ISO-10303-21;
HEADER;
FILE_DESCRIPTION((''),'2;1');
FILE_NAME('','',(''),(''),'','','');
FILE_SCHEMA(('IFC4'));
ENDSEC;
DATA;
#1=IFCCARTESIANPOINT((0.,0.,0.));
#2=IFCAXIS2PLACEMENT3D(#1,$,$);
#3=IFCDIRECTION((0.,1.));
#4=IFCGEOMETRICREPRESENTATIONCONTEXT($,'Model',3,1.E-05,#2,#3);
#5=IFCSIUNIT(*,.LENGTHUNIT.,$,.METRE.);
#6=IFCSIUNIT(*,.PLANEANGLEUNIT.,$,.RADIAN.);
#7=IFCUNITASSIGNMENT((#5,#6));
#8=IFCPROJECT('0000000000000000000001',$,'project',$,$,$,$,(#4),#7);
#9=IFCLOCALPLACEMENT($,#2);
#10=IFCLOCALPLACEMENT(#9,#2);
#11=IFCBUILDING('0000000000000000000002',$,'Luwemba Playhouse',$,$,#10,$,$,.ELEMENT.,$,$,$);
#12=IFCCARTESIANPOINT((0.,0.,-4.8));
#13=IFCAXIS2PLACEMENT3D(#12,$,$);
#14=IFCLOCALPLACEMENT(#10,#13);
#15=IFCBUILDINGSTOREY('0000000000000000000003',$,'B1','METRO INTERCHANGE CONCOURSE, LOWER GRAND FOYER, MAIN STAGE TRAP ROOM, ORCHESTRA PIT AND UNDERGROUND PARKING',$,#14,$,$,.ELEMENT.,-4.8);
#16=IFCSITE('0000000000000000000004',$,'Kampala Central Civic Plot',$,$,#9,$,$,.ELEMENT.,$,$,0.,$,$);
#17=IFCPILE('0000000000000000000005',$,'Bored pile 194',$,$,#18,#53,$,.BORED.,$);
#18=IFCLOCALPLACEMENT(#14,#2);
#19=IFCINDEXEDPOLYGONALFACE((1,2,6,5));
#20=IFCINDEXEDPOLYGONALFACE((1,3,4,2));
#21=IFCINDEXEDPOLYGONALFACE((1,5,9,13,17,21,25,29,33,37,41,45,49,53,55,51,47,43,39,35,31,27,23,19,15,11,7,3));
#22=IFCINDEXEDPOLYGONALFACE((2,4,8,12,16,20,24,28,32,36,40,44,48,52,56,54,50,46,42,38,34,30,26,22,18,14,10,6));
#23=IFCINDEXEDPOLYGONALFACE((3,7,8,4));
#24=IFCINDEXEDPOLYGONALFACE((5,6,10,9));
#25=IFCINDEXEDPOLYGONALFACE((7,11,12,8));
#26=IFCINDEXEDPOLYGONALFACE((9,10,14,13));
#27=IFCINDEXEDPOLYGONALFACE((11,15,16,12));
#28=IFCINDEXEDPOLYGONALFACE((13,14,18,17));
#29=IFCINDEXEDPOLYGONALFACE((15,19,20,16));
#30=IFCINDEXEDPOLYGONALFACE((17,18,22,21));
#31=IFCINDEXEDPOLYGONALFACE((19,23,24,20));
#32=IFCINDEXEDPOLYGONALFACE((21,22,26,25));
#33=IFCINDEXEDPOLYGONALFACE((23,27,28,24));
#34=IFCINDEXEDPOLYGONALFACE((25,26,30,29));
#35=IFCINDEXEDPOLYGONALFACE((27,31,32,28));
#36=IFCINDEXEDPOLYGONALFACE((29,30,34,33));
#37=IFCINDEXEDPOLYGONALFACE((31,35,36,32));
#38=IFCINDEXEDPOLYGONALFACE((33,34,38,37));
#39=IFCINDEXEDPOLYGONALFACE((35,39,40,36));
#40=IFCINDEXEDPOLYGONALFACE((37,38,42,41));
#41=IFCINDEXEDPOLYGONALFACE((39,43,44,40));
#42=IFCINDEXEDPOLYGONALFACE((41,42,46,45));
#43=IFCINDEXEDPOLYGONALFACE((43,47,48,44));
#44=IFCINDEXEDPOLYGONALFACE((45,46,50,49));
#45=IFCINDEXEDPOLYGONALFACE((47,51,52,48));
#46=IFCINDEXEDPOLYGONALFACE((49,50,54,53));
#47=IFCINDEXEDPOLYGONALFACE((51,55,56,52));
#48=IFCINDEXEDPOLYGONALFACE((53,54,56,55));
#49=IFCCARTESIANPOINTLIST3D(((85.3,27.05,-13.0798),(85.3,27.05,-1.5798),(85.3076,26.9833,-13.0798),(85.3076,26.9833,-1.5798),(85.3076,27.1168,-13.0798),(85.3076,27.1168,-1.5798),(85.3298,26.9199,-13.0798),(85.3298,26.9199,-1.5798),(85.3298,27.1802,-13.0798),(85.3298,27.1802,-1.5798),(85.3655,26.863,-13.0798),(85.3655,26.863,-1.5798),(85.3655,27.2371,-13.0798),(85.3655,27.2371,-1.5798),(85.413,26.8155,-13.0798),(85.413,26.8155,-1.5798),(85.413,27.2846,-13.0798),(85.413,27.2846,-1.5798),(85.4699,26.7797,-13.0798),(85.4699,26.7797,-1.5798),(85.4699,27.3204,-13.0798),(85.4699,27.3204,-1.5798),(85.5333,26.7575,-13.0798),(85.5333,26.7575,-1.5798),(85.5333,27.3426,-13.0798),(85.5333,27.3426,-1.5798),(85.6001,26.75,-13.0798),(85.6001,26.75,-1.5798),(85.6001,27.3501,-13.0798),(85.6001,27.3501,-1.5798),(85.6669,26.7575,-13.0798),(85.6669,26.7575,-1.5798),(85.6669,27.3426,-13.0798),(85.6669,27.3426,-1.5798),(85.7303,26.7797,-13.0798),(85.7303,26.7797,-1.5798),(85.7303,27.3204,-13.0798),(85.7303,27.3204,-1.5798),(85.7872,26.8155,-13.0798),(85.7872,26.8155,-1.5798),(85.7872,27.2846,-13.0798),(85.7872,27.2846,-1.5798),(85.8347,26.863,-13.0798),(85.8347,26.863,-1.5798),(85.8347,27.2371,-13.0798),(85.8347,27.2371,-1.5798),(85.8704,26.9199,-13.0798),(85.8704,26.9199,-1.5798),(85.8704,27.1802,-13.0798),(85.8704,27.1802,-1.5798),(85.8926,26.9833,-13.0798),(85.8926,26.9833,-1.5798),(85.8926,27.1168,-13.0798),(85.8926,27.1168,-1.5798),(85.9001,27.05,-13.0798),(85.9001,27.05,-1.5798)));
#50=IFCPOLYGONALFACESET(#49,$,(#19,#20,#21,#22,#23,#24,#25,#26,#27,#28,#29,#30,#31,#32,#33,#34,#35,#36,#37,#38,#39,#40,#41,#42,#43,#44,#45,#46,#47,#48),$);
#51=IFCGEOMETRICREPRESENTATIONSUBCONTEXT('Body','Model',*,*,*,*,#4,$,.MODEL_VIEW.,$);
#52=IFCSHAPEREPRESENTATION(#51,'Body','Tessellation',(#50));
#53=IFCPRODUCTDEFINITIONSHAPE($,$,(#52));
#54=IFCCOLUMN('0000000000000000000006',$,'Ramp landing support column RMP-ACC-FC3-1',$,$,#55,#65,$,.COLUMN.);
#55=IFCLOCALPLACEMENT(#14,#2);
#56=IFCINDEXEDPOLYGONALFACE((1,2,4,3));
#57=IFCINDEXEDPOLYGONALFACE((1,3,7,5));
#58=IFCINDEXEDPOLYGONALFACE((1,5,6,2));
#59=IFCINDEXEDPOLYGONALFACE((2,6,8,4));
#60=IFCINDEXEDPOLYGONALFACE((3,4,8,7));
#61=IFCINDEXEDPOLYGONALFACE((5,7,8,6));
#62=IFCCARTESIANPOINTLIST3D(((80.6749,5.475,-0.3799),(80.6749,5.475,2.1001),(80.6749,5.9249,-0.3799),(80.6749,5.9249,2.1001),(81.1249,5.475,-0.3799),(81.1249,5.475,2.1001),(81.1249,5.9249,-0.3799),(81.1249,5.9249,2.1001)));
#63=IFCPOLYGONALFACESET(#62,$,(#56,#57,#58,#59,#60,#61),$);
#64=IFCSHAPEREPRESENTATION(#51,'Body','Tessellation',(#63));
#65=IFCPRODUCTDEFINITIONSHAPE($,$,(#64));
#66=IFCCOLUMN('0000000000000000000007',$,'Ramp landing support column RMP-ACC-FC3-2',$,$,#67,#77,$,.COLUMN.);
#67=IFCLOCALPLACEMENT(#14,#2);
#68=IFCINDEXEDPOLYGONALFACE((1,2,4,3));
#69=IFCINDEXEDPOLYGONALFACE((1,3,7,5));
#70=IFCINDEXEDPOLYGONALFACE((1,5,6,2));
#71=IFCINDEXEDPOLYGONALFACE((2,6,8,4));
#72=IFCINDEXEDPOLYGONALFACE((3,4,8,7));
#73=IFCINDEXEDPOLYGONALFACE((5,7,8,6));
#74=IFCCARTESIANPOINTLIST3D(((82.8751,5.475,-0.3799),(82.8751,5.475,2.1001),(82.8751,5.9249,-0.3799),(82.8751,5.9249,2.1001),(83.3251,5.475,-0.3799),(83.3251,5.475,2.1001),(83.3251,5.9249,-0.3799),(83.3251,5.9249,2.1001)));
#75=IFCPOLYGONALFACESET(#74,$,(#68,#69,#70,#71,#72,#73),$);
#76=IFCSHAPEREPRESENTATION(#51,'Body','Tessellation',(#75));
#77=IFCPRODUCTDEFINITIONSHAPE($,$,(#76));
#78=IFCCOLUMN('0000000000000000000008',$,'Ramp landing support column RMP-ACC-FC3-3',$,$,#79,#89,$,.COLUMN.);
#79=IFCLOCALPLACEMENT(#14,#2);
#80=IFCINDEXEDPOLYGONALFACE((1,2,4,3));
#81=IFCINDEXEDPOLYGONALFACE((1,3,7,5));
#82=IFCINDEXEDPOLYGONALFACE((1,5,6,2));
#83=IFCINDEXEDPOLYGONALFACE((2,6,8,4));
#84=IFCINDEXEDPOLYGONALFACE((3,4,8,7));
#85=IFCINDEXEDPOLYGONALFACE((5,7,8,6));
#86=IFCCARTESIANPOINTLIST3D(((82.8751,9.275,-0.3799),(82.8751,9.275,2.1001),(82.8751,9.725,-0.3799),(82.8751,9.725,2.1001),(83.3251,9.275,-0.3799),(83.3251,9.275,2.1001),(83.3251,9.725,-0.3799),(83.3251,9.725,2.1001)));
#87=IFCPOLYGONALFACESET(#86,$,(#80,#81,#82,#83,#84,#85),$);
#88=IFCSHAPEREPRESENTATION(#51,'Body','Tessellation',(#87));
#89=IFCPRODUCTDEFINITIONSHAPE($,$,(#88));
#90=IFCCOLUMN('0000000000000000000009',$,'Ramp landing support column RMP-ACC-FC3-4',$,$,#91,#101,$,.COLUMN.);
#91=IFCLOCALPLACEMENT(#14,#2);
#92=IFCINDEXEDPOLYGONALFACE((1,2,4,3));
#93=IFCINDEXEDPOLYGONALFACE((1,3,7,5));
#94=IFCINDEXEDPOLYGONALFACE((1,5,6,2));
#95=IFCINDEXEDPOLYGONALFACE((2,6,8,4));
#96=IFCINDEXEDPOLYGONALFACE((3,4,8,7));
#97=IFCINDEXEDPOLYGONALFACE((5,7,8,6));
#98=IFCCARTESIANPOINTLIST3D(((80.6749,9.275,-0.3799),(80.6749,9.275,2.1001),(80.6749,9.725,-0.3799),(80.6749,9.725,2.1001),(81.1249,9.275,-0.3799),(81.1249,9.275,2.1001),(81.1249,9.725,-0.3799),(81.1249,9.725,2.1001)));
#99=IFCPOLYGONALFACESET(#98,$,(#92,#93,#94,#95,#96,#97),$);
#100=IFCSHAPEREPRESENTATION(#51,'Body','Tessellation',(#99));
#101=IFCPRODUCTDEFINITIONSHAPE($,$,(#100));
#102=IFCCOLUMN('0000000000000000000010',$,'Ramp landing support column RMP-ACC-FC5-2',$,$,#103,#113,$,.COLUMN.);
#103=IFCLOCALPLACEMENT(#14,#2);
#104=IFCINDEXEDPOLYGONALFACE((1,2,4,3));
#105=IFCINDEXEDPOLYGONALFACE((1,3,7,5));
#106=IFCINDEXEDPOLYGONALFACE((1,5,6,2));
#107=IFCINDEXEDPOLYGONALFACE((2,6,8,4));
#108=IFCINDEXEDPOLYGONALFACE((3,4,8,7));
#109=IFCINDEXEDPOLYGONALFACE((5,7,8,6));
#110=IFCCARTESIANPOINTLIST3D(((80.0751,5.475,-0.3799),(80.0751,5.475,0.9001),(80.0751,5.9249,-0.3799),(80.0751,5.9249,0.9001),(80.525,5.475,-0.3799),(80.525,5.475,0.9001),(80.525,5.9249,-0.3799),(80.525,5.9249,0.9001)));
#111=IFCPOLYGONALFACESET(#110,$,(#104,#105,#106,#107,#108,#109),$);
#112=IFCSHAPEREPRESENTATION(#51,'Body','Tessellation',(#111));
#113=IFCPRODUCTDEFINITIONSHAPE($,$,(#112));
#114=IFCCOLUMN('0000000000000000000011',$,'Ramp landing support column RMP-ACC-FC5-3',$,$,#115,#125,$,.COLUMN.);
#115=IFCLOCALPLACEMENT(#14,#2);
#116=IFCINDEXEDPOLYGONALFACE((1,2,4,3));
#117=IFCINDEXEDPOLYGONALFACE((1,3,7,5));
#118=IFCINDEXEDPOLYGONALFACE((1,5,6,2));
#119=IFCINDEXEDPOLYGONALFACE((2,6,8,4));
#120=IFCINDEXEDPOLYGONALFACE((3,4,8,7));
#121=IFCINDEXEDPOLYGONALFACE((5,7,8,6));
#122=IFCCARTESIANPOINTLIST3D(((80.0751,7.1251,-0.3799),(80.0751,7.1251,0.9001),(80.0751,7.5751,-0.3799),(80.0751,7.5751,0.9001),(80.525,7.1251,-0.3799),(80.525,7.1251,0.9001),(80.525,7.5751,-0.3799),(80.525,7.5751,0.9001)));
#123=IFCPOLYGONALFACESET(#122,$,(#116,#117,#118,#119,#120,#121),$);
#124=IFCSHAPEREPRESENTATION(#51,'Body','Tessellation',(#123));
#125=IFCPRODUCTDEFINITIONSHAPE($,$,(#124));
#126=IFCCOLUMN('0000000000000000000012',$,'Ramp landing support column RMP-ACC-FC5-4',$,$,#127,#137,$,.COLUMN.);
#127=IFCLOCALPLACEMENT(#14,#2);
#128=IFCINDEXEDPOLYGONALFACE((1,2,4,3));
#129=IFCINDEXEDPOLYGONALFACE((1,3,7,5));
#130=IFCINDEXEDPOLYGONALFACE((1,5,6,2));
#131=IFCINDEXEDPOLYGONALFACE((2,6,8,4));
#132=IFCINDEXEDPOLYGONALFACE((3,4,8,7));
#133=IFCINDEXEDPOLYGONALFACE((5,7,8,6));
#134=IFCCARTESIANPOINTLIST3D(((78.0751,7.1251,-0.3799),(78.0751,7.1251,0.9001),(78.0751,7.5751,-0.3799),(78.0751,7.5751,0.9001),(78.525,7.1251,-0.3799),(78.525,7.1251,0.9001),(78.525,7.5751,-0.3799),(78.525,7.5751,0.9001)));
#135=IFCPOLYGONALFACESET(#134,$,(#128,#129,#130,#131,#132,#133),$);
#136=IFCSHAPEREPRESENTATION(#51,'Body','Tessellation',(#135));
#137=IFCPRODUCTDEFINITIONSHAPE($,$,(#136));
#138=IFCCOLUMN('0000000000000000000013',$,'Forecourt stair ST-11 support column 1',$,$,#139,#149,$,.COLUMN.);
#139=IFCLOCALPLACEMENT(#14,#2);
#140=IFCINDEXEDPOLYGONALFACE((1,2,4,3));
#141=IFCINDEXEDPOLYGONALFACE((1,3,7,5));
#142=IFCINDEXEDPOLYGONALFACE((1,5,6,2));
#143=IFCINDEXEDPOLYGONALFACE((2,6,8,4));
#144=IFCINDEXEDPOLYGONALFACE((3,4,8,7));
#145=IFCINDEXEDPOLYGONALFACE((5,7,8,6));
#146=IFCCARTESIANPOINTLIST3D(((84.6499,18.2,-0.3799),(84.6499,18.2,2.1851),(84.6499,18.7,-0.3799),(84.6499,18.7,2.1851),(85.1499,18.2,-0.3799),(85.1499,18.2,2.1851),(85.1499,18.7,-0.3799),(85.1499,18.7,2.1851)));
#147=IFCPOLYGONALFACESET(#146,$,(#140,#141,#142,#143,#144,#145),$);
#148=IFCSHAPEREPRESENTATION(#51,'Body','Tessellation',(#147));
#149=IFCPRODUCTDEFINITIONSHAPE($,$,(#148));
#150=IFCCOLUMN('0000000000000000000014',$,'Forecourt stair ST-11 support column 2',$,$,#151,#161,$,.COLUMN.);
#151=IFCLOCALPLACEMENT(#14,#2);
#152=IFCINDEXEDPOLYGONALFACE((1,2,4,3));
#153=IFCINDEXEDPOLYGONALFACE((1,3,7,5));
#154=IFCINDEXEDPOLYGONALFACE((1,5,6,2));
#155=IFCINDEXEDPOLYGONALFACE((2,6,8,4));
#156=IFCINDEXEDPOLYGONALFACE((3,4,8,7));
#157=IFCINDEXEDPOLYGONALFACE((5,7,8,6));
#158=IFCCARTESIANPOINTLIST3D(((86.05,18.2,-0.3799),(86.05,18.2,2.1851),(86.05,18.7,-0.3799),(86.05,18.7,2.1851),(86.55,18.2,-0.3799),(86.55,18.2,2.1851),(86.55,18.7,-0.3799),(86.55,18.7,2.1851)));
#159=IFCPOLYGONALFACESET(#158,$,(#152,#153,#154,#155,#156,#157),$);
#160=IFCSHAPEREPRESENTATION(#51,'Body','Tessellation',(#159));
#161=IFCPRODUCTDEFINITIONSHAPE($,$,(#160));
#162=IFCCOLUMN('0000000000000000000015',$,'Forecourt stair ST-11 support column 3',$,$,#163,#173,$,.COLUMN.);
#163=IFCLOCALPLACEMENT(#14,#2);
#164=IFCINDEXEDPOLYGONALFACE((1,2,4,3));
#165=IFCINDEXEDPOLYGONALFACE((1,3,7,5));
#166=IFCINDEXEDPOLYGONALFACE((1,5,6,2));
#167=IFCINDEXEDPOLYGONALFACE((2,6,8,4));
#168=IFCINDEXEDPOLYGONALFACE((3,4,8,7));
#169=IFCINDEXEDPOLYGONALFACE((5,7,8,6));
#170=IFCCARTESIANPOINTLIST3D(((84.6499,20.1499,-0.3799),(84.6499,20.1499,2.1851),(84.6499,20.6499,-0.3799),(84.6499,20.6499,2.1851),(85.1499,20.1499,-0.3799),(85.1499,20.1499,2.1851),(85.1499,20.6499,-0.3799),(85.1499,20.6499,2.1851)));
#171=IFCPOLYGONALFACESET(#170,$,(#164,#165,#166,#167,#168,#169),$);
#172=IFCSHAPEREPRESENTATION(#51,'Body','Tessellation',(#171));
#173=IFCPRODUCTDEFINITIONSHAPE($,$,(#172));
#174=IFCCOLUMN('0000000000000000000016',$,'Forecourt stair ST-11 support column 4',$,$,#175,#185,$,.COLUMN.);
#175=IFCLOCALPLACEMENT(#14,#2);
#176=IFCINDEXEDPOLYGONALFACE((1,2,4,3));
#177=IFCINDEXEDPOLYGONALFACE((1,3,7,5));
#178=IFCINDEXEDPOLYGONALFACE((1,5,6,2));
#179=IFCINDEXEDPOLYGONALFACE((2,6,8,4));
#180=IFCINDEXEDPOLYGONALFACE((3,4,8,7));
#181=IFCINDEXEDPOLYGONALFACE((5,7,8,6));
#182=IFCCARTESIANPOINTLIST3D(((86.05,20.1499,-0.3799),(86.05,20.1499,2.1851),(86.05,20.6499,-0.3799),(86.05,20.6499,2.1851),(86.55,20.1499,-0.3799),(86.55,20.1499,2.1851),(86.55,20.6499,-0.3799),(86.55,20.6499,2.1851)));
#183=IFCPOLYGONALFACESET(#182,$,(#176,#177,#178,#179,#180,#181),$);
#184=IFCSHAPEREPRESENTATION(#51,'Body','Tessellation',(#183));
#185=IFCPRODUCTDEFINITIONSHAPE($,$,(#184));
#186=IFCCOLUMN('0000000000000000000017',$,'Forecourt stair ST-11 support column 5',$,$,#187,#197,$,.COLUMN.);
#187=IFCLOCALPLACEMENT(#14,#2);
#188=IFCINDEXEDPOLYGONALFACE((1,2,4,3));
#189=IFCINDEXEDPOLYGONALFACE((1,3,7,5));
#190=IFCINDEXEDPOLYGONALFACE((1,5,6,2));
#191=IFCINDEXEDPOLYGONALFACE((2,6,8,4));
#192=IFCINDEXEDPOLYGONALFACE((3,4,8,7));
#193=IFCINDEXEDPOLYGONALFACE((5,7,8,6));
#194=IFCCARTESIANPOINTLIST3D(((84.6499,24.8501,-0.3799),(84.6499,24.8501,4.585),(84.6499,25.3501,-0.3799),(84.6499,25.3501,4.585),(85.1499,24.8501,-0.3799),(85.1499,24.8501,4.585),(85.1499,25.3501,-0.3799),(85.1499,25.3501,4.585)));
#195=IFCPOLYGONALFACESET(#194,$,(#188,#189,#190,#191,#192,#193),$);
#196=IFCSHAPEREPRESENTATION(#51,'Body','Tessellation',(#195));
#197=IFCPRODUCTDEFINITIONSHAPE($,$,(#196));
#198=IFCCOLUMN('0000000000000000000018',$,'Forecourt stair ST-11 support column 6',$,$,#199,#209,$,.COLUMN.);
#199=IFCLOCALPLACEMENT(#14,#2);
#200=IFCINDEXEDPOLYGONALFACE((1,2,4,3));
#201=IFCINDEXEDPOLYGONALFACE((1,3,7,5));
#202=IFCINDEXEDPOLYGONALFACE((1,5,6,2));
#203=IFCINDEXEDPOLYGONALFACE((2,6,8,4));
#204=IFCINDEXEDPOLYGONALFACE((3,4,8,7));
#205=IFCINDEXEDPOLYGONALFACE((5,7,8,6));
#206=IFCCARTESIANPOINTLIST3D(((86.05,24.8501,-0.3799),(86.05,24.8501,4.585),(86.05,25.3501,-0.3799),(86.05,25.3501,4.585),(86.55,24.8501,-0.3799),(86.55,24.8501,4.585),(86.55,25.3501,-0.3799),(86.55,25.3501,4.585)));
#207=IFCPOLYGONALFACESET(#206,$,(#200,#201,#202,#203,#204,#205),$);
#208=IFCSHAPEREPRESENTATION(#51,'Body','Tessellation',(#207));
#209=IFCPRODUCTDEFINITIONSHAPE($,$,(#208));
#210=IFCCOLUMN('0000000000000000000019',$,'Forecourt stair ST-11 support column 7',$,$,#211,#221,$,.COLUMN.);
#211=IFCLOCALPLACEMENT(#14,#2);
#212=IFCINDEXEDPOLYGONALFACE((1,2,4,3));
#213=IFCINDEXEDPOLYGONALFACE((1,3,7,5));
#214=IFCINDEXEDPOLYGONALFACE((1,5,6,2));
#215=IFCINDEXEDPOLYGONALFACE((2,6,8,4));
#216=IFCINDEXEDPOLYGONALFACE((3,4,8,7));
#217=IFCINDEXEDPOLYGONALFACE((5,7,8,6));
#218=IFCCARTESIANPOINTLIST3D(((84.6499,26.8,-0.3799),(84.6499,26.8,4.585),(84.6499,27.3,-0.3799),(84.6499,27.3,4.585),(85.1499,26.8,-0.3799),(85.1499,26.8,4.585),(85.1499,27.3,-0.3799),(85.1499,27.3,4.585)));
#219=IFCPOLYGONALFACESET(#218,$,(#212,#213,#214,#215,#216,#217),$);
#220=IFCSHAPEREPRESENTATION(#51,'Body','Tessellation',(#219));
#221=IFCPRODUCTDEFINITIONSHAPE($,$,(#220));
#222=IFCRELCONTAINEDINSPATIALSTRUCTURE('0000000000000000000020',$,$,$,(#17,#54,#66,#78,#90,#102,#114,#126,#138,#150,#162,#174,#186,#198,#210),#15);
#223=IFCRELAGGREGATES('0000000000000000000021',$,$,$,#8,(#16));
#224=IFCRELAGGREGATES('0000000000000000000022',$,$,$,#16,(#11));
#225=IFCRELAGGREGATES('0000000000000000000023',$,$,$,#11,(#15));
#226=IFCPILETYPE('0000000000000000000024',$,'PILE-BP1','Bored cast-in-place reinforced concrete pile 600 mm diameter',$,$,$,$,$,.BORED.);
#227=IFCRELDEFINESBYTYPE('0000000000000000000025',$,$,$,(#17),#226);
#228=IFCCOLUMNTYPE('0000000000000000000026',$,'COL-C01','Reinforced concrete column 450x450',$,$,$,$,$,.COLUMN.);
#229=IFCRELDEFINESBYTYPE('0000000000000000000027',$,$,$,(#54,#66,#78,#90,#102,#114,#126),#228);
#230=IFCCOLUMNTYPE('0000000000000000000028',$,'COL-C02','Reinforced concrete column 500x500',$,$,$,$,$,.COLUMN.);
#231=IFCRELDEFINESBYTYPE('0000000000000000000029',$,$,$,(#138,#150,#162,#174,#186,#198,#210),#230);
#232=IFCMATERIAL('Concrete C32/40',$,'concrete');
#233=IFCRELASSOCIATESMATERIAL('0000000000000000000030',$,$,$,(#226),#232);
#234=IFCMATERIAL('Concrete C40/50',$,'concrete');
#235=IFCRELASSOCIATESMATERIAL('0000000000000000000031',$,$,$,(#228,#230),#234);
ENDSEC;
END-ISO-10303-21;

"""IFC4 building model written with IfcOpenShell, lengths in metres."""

from ifc_helpers import new_model, si_unit, direction, frame, origin, origin_2d, place, context, subcontext, project, spatial, rectangle, circle, extrude, material, material_profile, profile_set, type_object, element, save


model = new_model("IFC4")

# Units and contexts
model_context = context("Model", 3, precision=1e-05, world=origin(), true_north=direction((0.0, 1.0)))
body_context = subcontext(model_context, "Body", "Model", "MODEL_VIEW")
ifc_project = project(units=[si_unit("LENGTHUNIT", "METRE"), si_unit("PLANEANGLEUNIT", "RADIAN")], contexts=[model_context])

# Site, building, storey
site_placement = place(None, origin())
site = spatial("IfcSite", under=ifc_project, at=site_placement, Name="Kampala Central Civic Plot", CompositionType="ELEMENT", RefElevation=0.0)
building_placement = place(site_placement, origin())
building = spatial("IfcBuilding", under=site, at=building_placement, Name="Luwemba Playhouse", CompositionType="ELEMENT")
storey_placement = place(building_placement, frame((0.0, 0.0, -4.8)))
storey = spatial("IfcBuildingStorey", under=building, at=storey_placement, Name="B1", Description="METRO INTERCHANGE CONCOURSE, LOWER GRAND FOYER, MAIN STAGE TRAP ROOM, ORCHESTRA PIT AND UNDERGROUND PARKING", CompositionType="ELEMENT", Elevation=-4.8)

# Pile
ifc_material_1 = material(Name="Concrete C32/40", Category="concrete")
ifc_material_profile_1 = material_profile(ifc_material_1, circle(Radius=0.3, at=origin_2d()))
ifc_profile_set_1 = profile_set([ifc_material_profile_1], Name="Concrete C32/40")
pile_type = type_object("IfcPileType", Name="PILE-BP1", Description="Bored cast-in-place reinforced concrete pile 600 mm diameter", PredefinedType="BORED", material=ifc_profile_set_1)
for number, where, z_axis, x_axis, name in (
    (1, (85.6001, 27.05, -1.5798), (0.0, 0.0, -1.0), (1.0, 0.0, 0.0), "Bored pile 194"),
):
    element("IfcPile", number, at=place(storey_placement, frame(where, z_axis=z_axis, x_axis=x_axis)), inside=storey, type_object=pile_type, Name=name, PredefinedType="BORED", context=body_context, shape_type="SweptSolid", body=[
        extrude(circle(Radius=0.3, at=origin_2d()), origin(), (0.0, 0.0, 1.0), 11.5),
    ])

# Columns
ifc_material_2 = material(Name="Concrete C40/50", Category="concrete")
ifc_material_profile_2 = material_profile(ifc_material_2, rectangle(XDim=0.45, YDim=0.45, at=origin_2d()))
ifc_profile_set_2 = profile_set([ifc_material_profile_2], Name="Concrete C40/50")
column_type_1 = type_object("IfcColumnType", Name="COL-C01", Description="Reinforced concrete column 450x450", PredefinedType="COLUMN", material=ifc_profile_set_2)
for number, where, z_axis, x_axis, name in (
    (2, (80.8999, 5.7, -0.3799), (0.0, 0.0, 1.0), (1.0, 0.0, 0.0), "Ramp landing support column RMP-ACC-FC3-1"),
    (3, (83.1001, 5.7, -0.3799), (0.0, 0.0, 1.0), (1.0, 0.0, 0.0), "Ramp landing support column RMP-ACC-FC3-2"),
    (4, (83.1001, 9.5, -0.3799), (0.0, 0.0, 1.0), (1.0, 0.0, 0.0), "Ramp landing support column RMP-ACC-FC3-3"),
    (5, (80.8999, 9.5, -0.3799), (0.0, 0.0, 1.0), (1.0, 0.0, 0.0), "Ramp landing support column RMP-ACC-FC3-4"),
):
    element("IfcColumn", number, at=place(storey_placement, frame(where, z_axis=z_axis, x_axis=x_axis)), inside=storey, type_object=column_type_1, Name=name, PredefinedType="COLUMN", context=body_context, shape_type="SweptSolid", body=[
        extrude(rectangle(XDim=0.45, YDim=0.45, at=origin_2d()), origin(), (0.0, 0.0, 1.0), 2.48),
    ])
for number, where, z_axis, x_axis, name in (
    (6, (80.3, 5.7, -0.3799), (0.0, 0.0, 1.0), (1.0, 0.0, 0.0), "Ramp landing support column RMP-ACC-FC5-2"),
    (7, (80.3, 7.3501, -0.3799), (0.0, 0.0, 1.0), (1.0, 0.0, 0.0), "Ramp landing support column RMP-ACC-FC5-3"),
    (8, (78.3, 7.3501, -0.3799), (0.0, 0.0, 1.0), (1.0, 0.0, 0.0), "Ramp landing support column RMP-ACC-FC5-4"),
):
    element("IfcColumn", number, at=place(storey_placement, frame(where, z_axis=z_axis, x_axis=x_axis)), inside=storey, type_object=column_type_1, Name=name, PredefinedType="COLUMN", context=body_context, shape_type="SweptSolid", body=[
        extrude(rectangle(XDim=0.45, YDim=0.45, at=origin_2d()), origin(), (0.0, 0.0, 1.0), 1.28),
    ])
ifc_material_profile_3 = material_profile(ifc_material_2, rectangle(XDim=0.5, YDim=0.5, at=origin_2d()))
ifc_profile_set_3 = profile_set([ifc_material_profile_3], Name="Concrete C40/50")
column_type_2 = type_object("IfcColumnType", Name="COL-C02", Description="Reinforced concrete column 500x500", PredefinedType="COLUMN", material=ifc_profile_set_3)
for number, where, z_axis, x_axis, name in (
    (9, (84.8999, 18.45, -0.3799), (0.0, 0.0, 1.0), (1.0, 0.0, 0.0), "Forecourt stair ST-11 support column 1"),
    (10, (86.3, 18.45, -0.3799), (0.0, 0.0, 1.0), (1.0, 0.0, 0.0), "Forecourt stair ST-11 support column 2"),
    (11, (84.8999, 20.3999, -0.3799), (0.0, 0.0, 1.0), (1.0, 0.0, 0.0), "Forecourt stair ST-11 support column 3"),
    (12, (86.3, 20.3999, -0.3799), (0.0, 0.0, 1.0), (1.0, 0.0, 0.0), "Forecourt stair ST-11 support column 4"),
):
    element("IfcColumn", number, at=place(storey_placement, frame(where, z_axis=z_axis, x_axis=x_axis)), inside=storey, type_object=column_type_2, Name=name, PredefinedType="COLUMN", context=body_context, shape_type="SweptSolid", body=[
        extrude(rectangle(XDim=0.5, YDim=0.5, at=origin_2d()), origin(), (0.0, 0.0, 1.0), 2.5649),
    ])
for number, where, z_axis, x_axis, name in (
    (13, (84.8999, 25.1001, -0.3799), (0.0, 0.0, 1.0), (1.0, 0.0, 0.0), "Forecourt stair ST-11 support column 5"),
    (14, (86.3, 25.1001, -0.3799), (0.0, 0.0, 1.0), (1.0, 0.0, 0.0), "Forecourt stair ST-11 support column 6"),
    (15, (84.8999, 27.05, -0.3799), (0.0, 0.0, 1.0), (1.0, 0.0, 0.0), "Forecourt stair ST-11 support column 7"),
):
    element("IfcColumn", number, at=place(storey_placement, frame(where, z_axis=z_axis, x_axis=x_axis)), inside=storey, type_object=column_type_2, Name=name, PredefinedType="COLUMN", context=body_context, shape_type="SweptSolid", body=[
        extrude(rectangle(XDim=0.5, YDim=0.5, at=origin_2d()), origin(), (0.0, 0.0, 1.0), 4.9648),
    ])

save(model, "model.ifc")
